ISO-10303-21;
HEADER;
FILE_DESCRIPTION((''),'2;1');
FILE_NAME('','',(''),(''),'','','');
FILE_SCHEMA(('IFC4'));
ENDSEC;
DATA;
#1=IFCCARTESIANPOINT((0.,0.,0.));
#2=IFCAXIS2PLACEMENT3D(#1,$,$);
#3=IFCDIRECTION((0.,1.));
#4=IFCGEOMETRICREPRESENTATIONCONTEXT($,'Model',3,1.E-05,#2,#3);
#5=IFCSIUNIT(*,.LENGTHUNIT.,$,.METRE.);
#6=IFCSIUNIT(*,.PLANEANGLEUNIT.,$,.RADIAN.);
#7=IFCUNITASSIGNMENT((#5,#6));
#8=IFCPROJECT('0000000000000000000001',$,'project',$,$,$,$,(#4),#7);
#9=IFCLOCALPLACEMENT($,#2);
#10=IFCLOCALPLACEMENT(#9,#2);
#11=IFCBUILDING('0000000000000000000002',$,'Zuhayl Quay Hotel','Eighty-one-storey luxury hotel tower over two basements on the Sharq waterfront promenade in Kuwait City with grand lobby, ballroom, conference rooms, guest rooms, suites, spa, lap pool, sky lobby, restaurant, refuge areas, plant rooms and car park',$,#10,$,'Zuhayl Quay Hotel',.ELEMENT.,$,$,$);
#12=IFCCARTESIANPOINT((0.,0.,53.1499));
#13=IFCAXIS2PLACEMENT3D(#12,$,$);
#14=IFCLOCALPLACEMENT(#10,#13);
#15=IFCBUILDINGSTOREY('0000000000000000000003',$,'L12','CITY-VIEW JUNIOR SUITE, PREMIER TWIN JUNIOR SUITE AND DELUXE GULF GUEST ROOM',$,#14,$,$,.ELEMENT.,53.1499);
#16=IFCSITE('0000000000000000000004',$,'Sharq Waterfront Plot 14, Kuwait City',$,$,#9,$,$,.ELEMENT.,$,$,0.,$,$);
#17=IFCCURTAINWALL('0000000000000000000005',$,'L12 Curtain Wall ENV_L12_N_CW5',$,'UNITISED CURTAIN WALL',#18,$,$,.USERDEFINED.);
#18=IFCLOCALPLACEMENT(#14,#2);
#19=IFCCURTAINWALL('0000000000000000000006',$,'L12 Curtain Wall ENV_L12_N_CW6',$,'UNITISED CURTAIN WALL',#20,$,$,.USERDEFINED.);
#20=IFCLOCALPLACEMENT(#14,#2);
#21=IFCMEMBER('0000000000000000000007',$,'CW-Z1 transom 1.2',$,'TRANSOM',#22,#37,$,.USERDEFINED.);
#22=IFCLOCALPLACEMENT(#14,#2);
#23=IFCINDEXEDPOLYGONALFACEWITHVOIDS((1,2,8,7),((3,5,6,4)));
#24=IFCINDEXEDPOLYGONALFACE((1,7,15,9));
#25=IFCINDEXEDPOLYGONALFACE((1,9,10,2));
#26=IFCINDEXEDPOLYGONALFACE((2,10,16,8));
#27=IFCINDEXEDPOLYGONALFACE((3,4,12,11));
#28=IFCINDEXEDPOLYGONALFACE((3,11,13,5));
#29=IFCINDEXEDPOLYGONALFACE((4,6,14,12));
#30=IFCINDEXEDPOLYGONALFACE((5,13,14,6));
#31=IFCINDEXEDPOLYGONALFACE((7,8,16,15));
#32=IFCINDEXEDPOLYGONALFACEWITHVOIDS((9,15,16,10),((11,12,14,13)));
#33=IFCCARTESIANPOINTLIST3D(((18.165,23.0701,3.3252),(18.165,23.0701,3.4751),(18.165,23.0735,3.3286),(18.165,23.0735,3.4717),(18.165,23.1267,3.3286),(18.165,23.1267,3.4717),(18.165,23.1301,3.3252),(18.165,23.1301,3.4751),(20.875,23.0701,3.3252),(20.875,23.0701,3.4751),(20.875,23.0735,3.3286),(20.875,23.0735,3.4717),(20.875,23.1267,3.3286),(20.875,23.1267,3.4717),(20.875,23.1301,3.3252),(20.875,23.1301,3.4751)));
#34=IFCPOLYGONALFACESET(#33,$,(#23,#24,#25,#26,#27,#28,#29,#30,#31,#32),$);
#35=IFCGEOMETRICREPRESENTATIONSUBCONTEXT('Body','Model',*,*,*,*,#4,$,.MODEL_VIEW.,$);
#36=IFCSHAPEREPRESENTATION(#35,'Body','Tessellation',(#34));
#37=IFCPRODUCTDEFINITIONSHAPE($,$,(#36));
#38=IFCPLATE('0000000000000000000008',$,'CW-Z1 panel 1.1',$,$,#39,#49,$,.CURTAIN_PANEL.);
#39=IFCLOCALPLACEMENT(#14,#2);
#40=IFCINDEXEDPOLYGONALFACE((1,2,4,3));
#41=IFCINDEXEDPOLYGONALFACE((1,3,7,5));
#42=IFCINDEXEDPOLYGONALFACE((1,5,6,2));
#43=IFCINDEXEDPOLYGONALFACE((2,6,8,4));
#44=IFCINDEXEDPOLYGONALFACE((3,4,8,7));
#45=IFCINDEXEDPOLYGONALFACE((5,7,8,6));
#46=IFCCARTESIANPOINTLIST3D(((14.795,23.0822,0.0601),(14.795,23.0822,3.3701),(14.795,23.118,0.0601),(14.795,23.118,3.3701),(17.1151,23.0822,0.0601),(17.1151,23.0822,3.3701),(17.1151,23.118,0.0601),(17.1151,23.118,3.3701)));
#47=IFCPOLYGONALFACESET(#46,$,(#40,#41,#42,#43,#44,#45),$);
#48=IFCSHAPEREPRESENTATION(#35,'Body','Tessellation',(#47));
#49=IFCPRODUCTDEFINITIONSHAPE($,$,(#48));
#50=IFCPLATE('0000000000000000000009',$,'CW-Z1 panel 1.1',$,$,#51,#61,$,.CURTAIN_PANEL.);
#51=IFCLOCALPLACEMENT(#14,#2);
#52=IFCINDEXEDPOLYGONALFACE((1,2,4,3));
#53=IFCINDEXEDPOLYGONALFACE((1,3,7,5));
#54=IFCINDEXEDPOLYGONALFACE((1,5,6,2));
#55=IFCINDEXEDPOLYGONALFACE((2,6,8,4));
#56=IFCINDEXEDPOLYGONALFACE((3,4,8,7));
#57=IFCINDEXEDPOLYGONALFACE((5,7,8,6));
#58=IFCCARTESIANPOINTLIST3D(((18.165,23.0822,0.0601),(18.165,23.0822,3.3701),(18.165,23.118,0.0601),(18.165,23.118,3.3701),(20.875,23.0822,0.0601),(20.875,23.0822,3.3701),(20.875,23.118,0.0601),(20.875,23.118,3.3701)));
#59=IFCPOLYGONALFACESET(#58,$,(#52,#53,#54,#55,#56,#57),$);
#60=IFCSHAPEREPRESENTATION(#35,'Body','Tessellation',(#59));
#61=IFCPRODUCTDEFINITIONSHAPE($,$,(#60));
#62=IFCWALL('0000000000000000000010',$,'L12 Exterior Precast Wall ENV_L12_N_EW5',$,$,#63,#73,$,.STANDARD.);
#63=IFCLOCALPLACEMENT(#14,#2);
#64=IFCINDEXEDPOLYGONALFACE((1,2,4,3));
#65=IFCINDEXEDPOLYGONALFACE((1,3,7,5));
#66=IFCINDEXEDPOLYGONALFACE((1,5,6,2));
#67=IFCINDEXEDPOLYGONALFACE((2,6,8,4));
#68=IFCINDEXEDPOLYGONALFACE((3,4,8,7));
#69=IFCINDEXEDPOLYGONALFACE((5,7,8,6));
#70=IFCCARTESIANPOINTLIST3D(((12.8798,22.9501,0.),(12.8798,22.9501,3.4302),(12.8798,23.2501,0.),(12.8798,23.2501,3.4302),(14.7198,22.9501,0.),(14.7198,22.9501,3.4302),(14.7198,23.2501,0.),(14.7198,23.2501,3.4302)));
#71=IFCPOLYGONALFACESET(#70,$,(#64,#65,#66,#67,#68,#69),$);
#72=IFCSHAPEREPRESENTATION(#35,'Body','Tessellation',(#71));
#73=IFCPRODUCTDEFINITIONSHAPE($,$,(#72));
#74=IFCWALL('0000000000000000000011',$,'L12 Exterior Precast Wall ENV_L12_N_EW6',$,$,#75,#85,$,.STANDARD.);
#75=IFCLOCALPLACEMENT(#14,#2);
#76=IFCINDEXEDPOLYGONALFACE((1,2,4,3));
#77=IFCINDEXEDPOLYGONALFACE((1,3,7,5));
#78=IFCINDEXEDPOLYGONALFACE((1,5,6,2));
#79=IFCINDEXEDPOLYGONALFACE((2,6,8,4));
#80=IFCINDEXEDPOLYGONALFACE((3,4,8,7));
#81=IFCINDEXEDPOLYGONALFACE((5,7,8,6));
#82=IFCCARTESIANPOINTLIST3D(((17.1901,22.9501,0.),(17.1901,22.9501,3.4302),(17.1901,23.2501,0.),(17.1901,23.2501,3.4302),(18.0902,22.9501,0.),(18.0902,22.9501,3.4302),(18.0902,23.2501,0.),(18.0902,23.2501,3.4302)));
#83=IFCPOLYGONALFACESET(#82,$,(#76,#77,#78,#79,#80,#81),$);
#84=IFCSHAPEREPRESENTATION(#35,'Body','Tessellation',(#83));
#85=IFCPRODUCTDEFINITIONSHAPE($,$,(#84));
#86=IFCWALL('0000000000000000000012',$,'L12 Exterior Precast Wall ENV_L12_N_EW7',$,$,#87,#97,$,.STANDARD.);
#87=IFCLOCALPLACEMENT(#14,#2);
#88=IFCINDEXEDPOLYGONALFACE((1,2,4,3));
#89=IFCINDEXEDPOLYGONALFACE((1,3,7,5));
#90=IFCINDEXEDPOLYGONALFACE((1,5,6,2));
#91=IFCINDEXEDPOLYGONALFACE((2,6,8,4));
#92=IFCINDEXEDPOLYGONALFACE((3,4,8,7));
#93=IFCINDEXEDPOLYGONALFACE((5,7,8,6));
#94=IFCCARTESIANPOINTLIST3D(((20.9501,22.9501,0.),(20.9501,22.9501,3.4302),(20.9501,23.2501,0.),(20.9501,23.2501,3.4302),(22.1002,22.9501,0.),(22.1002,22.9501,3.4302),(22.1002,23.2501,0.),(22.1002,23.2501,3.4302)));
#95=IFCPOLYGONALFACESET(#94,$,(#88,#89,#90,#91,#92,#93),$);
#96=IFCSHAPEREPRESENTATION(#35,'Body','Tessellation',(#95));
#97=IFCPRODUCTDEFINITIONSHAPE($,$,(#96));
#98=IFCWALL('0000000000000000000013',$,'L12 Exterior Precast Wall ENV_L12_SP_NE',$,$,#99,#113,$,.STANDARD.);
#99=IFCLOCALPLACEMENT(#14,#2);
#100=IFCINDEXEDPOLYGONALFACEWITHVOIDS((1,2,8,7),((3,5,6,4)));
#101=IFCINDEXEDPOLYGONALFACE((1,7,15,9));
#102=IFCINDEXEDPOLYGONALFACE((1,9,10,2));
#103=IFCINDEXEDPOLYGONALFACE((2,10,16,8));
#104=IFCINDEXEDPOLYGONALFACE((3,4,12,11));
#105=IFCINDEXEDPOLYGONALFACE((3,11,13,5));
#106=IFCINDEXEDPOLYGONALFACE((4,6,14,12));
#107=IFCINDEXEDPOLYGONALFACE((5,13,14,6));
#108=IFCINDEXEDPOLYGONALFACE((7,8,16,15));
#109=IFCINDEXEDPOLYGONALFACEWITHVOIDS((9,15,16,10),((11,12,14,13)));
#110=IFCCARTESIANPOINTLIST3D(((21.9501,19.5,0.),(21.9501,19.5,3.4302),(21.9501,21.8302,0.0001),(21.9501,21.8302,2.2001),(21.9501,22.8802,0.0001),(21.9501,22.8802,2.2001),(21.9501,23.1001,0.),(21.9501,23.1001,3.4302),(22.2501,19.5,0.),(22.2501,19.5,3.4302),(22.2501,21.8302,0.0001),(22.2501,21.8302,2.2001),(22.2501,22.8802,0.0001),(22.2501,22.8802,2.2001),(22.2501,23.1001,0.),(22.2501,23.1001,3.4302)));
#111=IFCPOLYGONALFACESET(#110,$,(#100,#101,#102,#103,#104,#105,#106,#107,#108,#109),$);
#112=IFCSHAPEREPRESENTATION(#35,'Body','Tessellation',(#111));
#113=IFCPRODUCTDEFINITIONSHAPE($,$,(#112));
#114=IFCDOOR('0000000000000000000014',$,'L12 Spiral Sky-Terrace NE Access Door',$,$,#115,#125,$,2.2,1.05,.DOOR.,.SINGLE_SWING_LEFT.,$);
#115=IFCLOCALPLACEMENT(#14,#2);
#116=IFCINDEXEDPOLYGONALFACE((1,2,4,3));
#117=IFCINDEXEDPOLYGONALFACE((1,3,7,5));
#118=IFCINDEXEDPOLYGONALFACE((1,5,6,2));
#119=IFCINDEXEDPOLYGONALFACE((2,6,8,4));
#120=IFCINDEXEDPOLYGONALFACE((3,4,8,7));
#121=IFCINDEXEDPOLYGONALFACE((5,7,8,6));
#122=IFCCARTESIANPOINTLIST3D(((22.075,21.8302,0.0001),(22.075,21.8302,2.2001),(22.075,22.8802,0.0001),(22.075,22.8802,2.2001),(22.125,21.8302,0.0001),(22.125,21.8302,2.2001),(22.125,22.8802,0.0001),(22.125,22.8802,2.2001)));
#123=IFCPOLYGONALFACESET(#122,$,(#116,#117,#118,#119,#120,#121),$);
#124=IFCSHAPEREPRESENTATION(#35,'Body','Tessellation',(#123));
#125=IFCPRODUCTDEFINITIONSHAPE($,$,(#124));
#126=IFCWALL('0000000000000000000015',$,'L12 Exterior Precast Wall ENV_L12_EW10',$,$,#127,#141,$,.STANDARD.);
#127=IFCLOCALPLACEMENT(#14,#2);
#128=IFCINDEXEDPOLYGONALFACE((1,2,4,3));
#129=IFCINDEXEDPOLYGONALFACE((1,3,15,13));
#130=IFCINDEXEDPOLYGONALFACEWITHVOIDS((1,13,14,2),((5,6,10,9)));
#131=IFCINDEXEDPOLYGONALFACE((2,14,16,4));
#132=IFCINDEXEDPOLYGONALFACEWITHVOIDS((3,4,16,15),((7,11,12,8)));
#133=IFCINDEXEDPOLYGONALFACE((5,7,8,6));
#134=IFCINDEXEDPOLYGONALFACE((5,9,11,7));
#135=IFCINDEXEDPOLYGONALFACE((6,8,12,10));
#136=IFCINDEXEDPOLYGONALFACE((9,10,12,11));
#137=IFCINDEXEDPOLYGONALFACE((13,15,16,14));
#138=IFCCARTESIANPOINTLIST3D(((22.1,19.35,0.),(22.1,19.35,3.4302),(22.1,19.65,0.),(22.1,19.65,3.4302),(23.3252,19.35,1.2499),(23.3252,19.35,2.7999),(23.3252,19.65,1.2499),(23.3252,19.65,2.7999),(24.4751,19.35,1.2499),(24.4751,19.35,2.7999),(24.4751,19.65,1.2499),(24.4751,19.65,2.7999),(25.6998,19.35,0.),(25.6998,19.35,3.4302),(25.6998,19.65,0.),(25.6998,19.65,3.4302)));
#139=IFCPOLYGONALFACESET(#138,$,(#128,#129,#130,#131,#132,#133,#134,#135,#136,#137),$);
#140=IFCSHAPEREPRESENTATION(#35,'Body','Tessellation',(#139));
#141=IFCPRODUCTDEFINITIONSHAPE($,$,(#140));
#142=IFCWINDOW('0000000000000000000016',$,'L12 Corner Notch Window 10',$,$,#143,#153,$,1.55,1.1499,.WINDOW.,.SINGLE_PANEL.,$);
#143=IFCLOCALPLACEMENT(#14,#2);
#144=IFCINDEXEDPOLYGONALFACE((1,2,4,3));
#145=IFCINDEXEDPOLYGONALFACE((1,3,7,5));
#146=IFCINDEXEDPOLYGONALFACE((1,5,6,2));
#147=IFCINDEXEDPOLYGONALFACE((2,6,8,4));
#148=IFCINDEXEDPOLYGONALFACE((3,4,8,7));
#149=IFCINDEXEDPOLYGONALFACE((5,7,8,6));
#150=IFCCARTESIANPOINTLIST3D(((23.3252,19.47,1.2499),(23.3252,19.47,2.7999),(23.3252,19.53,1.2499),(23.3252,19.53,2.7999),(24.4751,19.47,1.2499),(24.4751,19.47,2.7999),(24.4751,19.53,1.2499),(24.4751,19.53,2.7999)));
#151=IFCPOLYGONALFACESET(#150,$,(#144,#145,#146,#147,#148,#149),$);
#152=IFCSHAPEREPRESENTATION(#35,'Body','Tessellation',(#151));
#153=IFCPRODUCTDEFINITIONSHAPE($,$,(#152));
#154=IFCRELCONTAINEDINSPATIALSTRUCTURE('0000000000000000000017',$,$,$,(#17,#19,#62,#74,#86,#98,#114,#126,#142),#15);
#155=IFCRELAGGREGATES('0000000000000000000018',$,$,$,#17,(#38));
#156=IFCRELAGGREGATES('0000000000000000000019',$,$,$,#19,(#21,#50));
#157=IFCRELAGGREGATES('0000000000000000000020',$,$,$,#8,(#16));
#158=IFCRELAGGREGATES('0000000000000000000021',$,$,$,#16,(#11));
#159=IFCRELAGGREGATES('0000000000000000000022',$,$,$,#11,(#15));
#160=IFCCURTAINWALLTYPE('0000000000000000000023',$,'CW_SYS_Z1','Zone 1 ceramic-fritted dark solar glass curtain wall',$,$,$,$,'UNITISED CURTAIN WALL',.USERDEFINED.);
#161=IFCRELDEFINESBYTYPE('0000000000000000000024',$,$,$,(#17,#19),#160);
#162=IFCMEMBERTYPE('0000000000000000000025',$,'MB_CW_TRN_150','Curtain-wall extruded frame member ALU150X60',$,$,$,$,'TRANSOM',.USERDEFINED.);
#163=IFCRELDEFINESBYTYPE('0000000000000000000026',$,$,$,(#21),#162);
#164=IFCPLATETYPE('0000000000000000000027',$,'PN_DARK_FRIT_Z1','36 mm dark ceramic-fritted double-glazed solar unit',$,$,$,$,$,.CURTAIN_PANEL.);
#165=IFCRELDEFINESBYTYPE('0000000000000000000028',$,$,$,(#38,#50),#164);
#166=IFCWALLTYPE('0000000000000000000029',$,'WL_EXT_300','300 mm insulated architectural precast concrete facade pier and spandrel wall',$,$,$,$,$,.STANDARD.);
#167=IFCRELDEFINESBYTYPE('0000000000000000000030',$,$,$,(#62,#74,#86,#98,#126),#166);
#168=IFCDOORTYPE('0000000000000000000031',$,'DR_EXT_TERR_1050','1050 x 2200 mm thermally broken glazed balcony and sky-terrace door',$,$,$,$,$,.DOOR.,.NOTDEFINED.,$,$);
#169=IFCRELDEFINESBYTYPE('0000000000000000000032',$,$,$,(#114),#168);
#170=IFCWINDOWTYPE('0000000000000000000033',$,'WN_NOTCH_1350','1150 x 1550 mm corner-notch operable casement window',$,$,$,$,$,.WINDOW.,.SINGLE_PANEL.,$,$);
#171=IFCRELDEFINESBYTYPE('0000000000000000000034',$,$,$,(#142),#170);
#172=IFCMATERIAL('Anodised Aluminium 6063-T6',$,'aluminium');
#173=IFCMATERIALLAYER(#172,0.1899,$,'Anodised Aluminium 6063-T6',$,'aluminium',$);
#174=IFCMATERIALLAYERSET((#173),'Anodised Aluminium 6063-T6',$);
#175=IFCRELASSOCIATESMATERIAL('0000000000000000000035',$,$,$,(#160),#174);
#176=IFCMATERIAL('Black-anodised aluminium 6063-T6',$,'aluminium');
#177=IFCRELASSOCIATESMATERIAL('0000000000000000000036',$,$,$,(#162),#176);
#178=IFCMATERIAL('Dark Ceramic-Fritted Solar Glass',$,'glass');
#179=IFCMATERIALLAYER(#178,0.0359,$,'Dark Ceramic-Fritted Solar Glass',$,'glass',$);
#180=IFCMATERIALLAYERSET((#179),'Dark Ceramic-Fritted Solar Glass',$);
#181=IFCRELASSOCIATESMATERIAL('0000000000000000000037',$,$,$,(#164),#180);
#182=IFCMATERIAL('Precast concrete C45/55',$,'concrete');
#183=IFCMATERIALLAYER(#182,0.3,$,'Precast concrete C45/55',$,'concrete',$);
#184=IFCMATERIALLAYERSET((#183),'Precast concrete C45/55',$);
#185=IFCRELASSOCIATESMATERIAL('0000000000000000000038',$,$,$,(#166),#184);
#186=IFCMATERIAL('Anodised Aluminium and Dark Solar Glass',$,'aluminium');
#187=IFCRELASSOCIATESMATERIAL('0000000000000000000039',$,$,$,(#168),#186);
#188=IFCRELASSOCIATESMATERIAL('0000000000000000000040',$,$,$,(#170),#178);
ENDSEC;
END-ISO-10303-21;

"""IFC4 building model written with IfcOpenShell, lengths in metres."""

from ifc_helpers import new_model, si_unit, direction, frame, frame_2d, origin, origin_2d, place, context, subcontext, project, spatial, rectangle, hollow_rectangle, extrude, material, layer, layer_set, material_profile, profile_set, type_object, element, fill, aggregate, save


model = new_model("IFC4")

# Units and contexts
model_context = context("Model", 3, precision=1e-05, world=origin(), true_north=direction((0.0, 1.0)))
body_context = subcontext(model_context, "Body", "Model", "MODEL_VIEW")
ifc_project = project(units=[si_unit("LENGTHUNIT", "METRE"), si_unit("PLANEANGLEUNIT", "RADIAN")], contexts=[model_context])

# Site, building, storey
site_placement = place(None, origin())
site = spatial("IfcSite", under=ifc_project, at=site_placement, Name="Sharq Waterfront Plot 14, Kuwait City", CompositionType="ELEMENT", RefElevation=0.0)
building_placement = place(site_placement, origin())
building = spatial("IfcBuilding", under=site, at=building_placement, Name="Zuhayl Quay Hotel", Description="Eighty-one-storey luxury hotel tower over two basements on the Sharq waterfront promenade in Kuwait City with grand lobby, ballroom, conference rooms, guest rooms, suites, spa, lap pool, sky lobby, restaurant, refuge areas, plant rooms and car park", LongName="Zuhayl Quay Hotel", CompositionType="ELEMENT")
storey_placement = place(building_placement, frame((0.0, 0.0, 53.1499)))
storey = spatial("IfcBuildingStorey", under=building, at=storey_placement, Name="L12", Description="CITY-VIEW JUNIOR SUITE, PREMIER TWIN JUNIOR SUITE AND DELUXE GULF GUEST ROOM", CompositionType="ELEMENT", Elevation=53.1499)

# Shared definitions
ifc_material_1 = material(Name="Anodised Aluminium 6063-T6", Category="aluminium")
ifc_layer_1 = layer(ifc_material_1, 0.1899, Name="Anodised Aluminium 6063-T6", Category="aluminium")
ifc_layer_set_1 = layer_set([ifc_layer_1], Name="Anodised Aluminium 6063-T6")
curtain_wall_type = type_object("IfcCurtainWallType", Name="CW_SYS_Z1", Description="Zone 1 ceramic-fritted dark solar glass curtain wall", ElementType="UNITISED CURTAIN WALL", PredefinedType="USERDEFINED", material=ifc_layer_set_1)
ifc_material_2 = material(Name="Black-anodised aluminium 6063-T6", Category="aluminium")

# Curtain walls
curtain_wall_1_placement = place(storey_placement, origin())
curtain_wall_1 = element("IfcCurtainWall", 1, at=curtain_wall_1_placement, inside=storey, type_object=curtain_wall_type, Name="L12 Curtain Wall ENV_L12_N_CW5", ObjectType="UNITISED CURTAIN WALL", PredefinedType="USERDEFINED")
curtain_wall_2_placement = place(storey_placement, origin())
curtain_wall_2 = element("IfcCurtainWall", 2, at=curtain_wall_2_placement, inside=storey, type_object=curtain_wall_type, Name="L12 Curtain Wall ENV_L12_N_CW6", ObjectType="UNITISED CURTAIN WALL", PredefinedType="USERDEFINED")

# Member
ifc_material_profile_1 = material_profile(ifc_material_2, hollow_rectangle(XDim=0.0601, YDim=0.1499, WallThickness=0.0034, at=origin_2d()), Name="ALU150X60")
ifc_profile_set_1 = profile_set([ifc_material_profile_1], Name="Black-anodised aluminium 6063-T6")
member_type_1 = type_object("IfcMemberType", Name="MB_CW_TRN_150", Description="Curtain-wall extruded frame member ALU150X60", ElementType="TRANSOM", PredefinedType="USERDEFINED", material=ifc_profile_set_1)
member_1_placement = place(storey_placement, frame((18.165, 23.1001, 3.4001), z_axis=(1.0, 0.0, 0.0), x_axis=(0.0, 1.0, 0.0)))
member_1 = element("IfcMember", 3, at=member_1_placement, type_object=member_type_1, Name="CW-Z1 transom 1.2", ObjectType="TRANSOM", PredefinedType="USERDEFINED", context=body_context, shape_type="SweptSolid", body=[
    extrude(hollow_rectangle(XDim=0.0601, YDim=0.1499, WallThickness=0.0034, at=origin_2d()), origin(), (0.0, 0.0, 1.0), 2.71),
])

# Plates
ifc_material_3 = material(Name="Dark Ceramic-Fritted Solar Glass", Category="glass")
ifc_layer_2 = layer(ifc_material_3, 0.0359, Name="Dark Ceramic-Fritted Solar Glass", Category="glass")
ifc_layer_set_2 = layer_set([ifc_layer_2], Name="Dark Ceramic-Fritted Solar Glass")
plate_type = type_object("IfcPlateType", Name="PN_DARK_FRIT_Z1", Description="36 mm dark ceramic-fritted double-glazed solar unit", PredefinedType="CURTAIN_PANEL", material=ifc_layer_set_2)
plate_1_placement = place(storey_placement, frame((15.9551, 23.1001, 0.0601), z_axis=(0.0, 0.0, 1.0), x_axis=(1.0, 0.0, 0.0)))
plate_1 = element("IfcPlate", 4, at=plate_1_placement, type_object=plate_type, Name="CW-Z1 panel 1.1", PredefinedType="CURTAIN_PANEL", context=body_context, shape_type="SweptSolid", body=[
    extrude(rectangle(XDim=2.3201, YDim=0.0359, at=origin_2d()), origin(), (0.0, 0.0, 1.0), 3.3101),
])
aggregate(curtain_wall_1, [plate_1])
plate_2_placement = place(storey_placement, frame((19.52, 23.1001, 0.0601), z_axis=(0.0, 0.0, 1.0), x_axis=(1.0, 0.0, 0.0)))
plate_2 = element("IfcPlate", 5, at=plate_2_placement, type_object=plate_type, Name="CW-Z1 panel 1.1", PredefinedType="CURTAIN_PANEL", context=body_context, shape_type="SweptSolid", body=[
    extrude(rectangle(XDim=2.71, YDim=0.0359, at=origin_2d()), origin(), (0.0, 0.0, 1.0), 3.3101),
])
aggregate(curtain_wall_2, [member_1, plate_2])

# Walls
ifc_material_4 = material(Name="Precast concrete C45/55", Category="concrete")
ifc_layer_3 = layer(ifc_material_4, 0.3, Name="Precast concrete C45/55", Category="concrete")
ifc_layer_set_3 = layer_set([ifc_layer_3], Name="Precast concrete C45/55")
wall_type_1 = type_object("IfcWallType", Name="WL_EXT_300", Description="300 mm insulated architectural precast concrete facade pier and spandrel wall", PredefinedType="STANDARD", material=ifc_layer_set_3)
wall_1_placement = place(storey_placement, frame((12.8799, 23.1001, 0.0), z_axis=(0.0, 0.0, 1.0), x_axis=(1.0, 0.0, 0.0)))
element("IfcWall", 6, at=wall_1_placement, inside=storey, type_object=wall_type_1, Name="L12 Exterior Precast Wall ENV_L12_N_EW5", PredefinedType="STANDARD", context=body_context, shape_type="SweptSolid", body=[
    extrude(rectangle(XDim=1.8401, YDim=0.3, at=frame_2d((0.9199, 0.0))), origin(), (0.0, 0.0, 1.0), 3.4302),
])
wall_2_placement = place(storey_placement, frame((17.1899, 23.1001, 0.0), z_axis=(0.0, 0.0, 1.0), x_axis=(1.0, 0.0, 0.0)))
element("IfcWall", 7, at=wall_2_placement, inside=storey, type_object=wall_type_1, Name="L12 Exterior Precast Wall ENV_L12_N_EW6", PredefinedType="STANDARD", context=body_context, shape_type="SweptSolid", body=[
    extrude(rectangle(XDim=0.9001, YDim=0.3, at=frame_2d((0.4502, 0.0))), origin(), (0.0, 0.0, 1.0), 3.4302),
])
wall_3_placement = place(storey_placement, frame((20.95, 23.1001, 0.0), z_axis=(0.0, 0.0, 1.0), x_axis=(1.0, 0.0, 0.0)))
element("IfcWall", 8, at=wall_3_placement, inside=storey, type_object=wall_type_1, Name="L12 Exterior Precast Wall ENV_L12_N_EW7", PredefinedType="STANDARD", context=body_context, shape_type="SweptSolid", body=[
    extrude(rectangle(XDim=1.1501, YDim=0.3, at=frame_2d((0.5752, 0.0))), origin(), (0.0, 0.0, 1.0), 3.4302),
])

# Wall, opening, door
wall_4_placement = place(storey_placement, frame((22.1001, 23.1001, 0.0), z_axis=(0.0, 0.0, 1.0), x_axis=(0.0, -1.0, 0.0)))
wall_4 = element("IfcWall", 9, at=wall_4_placement, inside=storey, type_object=wall_type_1, Name="L12 Exterior Precast Wall ENV_L12_SP_NE", PredefinedType="STANDARD", context=body_context, shape_type="SweptSolid", body=[
    extrude(rectangle(XDim=3.6001, YDim=0.3, at=frame_2d((1.8, 0.0))), origin(), (0.0, 0.0, 1.0), 3.4302),
])
opening_1_placement = place(wall_4_placement, frame((0.22, 0.0, 0.0)))
opening_1 = element("IfcOpeningElement", 10, at=opening_1_placement, cuts=wall_4, PredefinedType="OPENING", context=body_context, shape_type="SweptSolid", body=[
    extrude(rectangle(XDim=1.05, YDim=2.2, at=frame_2d((0.5249, 1.1001))), frame((0.0, 0.1599, 0.0), z_axis=(0.0, -1.0, 0.0), x_axis=(1.0, 0.0, 0.0)), (0.0, 0.0, 1.0), 0.3201),
])
ifc_material_5 = material(Name="Anodised Aluminium and Dark Solar Glass", Category="aluminium")
door_type_1 = type_object("IfcDoorType", Name="DR_EXT_TERR_1050", Description="1050 x 2200 mm thermally broken glazed balcony and sky-terrace door", OperationType="NOTDEFINED", PredefinedType="DOOR", material=ifc_material_5)
door_1_placement = place(opening_1_placement, origin())
door_1 = element("IfcDoor", 11, at=door_1_placement, inside=storey, type_object=door_type_1, Name="L12 Spiral Sky-Terrace NE Access Door", OperationType="SINGLE_SWING_LEFT", OverallHeight=2.2, OverallWidth=1.05, PredefinedType="DOOR", context=body_context, shape_type="SweptSolid", body=[
    extrude(rectangle(XDim=1.05, YDim=2.2, at=frame_2d((0.5249, 1.1001))), frame((0.0, 0.0249, 0.0), z_axis=(0.0, -1.0, 0.0), x_axis=(1.0, 0.0, 0.0)), (0.0, 0.0, 1.0), 0.05),
])
fill(opening_1, door_1)

# Wall, opening, window
wall_5_placement = place(storey_placement, frame((22.1001, 19.5, 0.0), z_axis=(0.0, 0.0, 1.0), x_axis=(1.0, 0.0, 0.0)))
wall_5 = element("IfcWall", 12, at=wall_5_placement, inside=storey, type_object=wall_type_1, Name="L12 Exterior Precast Wall ENV_L12_EW10", PredefinedType="STANDARD", context=body_context, shape_type="SweptSolid", body=[
    extrude(rectangle(XDim=3.5999, YDim=0.3, at=frame_2d((1.7998, 0.0))), origin(), (0.0, 0.0, 1.0), 3.4302),
])
opening_2_placement = place(wall_5_placement, frame((1.2251, 0.0, 1.25)))
opening_2 = element("IfcOpeningElement", 13, at=opening_2_placement, cuts=wall_5, PredefinedType="OPENING", context=body_context, shape_type="SweptSolid", body=[
    extrude(rectangle(XDim=1.1499, YDim=1.55, at=frame_2d((0.575, 0.7749))), frame((0.0, 0.1599, 0.0), z_axis=(0.0, -1.0, 0.0), x_axis=(1.0, 0.0, 0.0)), (0.0, 0.0, 1.0), 0.3201),
])
window_type_1 = type_object("IfcWindowType", Name="WN_NOTCH_1350", Description="1150 x 1550 mm corner-notch operable casement window", PartitioningType="SINGLE_PANEL", PredefinedType="WINDOW", material=ifc_material_3)
window_1_placement = place(opening_2_placement, origin())
window_1 = element("IfcWindow", 14, at=window_1_placement, inside=storey, type_object=window_type_1, Name="L12 Corner Notch Window 10", OverallHeight=1.55, OverallWidth=1.1499, PartitioningType="SINGLE_PANEL", PredefinedType="WINDOW", context=body_context, shape_type="SweptSolid", body=[
    extrude(rectangle(XDim=1.1499, YDim=1.55, at=frame_2d((0.575, 0.7749))), frame((0.0, 0.03, 0.0), z_axis=(0.0, -1.0, 0.0), x_axis=(1.0, 0.0, 0.0)), (0.0, 0.0, 1.0), 0.0601),
])
fill(opening_2, window_1)

save(model, "model.ifc")
